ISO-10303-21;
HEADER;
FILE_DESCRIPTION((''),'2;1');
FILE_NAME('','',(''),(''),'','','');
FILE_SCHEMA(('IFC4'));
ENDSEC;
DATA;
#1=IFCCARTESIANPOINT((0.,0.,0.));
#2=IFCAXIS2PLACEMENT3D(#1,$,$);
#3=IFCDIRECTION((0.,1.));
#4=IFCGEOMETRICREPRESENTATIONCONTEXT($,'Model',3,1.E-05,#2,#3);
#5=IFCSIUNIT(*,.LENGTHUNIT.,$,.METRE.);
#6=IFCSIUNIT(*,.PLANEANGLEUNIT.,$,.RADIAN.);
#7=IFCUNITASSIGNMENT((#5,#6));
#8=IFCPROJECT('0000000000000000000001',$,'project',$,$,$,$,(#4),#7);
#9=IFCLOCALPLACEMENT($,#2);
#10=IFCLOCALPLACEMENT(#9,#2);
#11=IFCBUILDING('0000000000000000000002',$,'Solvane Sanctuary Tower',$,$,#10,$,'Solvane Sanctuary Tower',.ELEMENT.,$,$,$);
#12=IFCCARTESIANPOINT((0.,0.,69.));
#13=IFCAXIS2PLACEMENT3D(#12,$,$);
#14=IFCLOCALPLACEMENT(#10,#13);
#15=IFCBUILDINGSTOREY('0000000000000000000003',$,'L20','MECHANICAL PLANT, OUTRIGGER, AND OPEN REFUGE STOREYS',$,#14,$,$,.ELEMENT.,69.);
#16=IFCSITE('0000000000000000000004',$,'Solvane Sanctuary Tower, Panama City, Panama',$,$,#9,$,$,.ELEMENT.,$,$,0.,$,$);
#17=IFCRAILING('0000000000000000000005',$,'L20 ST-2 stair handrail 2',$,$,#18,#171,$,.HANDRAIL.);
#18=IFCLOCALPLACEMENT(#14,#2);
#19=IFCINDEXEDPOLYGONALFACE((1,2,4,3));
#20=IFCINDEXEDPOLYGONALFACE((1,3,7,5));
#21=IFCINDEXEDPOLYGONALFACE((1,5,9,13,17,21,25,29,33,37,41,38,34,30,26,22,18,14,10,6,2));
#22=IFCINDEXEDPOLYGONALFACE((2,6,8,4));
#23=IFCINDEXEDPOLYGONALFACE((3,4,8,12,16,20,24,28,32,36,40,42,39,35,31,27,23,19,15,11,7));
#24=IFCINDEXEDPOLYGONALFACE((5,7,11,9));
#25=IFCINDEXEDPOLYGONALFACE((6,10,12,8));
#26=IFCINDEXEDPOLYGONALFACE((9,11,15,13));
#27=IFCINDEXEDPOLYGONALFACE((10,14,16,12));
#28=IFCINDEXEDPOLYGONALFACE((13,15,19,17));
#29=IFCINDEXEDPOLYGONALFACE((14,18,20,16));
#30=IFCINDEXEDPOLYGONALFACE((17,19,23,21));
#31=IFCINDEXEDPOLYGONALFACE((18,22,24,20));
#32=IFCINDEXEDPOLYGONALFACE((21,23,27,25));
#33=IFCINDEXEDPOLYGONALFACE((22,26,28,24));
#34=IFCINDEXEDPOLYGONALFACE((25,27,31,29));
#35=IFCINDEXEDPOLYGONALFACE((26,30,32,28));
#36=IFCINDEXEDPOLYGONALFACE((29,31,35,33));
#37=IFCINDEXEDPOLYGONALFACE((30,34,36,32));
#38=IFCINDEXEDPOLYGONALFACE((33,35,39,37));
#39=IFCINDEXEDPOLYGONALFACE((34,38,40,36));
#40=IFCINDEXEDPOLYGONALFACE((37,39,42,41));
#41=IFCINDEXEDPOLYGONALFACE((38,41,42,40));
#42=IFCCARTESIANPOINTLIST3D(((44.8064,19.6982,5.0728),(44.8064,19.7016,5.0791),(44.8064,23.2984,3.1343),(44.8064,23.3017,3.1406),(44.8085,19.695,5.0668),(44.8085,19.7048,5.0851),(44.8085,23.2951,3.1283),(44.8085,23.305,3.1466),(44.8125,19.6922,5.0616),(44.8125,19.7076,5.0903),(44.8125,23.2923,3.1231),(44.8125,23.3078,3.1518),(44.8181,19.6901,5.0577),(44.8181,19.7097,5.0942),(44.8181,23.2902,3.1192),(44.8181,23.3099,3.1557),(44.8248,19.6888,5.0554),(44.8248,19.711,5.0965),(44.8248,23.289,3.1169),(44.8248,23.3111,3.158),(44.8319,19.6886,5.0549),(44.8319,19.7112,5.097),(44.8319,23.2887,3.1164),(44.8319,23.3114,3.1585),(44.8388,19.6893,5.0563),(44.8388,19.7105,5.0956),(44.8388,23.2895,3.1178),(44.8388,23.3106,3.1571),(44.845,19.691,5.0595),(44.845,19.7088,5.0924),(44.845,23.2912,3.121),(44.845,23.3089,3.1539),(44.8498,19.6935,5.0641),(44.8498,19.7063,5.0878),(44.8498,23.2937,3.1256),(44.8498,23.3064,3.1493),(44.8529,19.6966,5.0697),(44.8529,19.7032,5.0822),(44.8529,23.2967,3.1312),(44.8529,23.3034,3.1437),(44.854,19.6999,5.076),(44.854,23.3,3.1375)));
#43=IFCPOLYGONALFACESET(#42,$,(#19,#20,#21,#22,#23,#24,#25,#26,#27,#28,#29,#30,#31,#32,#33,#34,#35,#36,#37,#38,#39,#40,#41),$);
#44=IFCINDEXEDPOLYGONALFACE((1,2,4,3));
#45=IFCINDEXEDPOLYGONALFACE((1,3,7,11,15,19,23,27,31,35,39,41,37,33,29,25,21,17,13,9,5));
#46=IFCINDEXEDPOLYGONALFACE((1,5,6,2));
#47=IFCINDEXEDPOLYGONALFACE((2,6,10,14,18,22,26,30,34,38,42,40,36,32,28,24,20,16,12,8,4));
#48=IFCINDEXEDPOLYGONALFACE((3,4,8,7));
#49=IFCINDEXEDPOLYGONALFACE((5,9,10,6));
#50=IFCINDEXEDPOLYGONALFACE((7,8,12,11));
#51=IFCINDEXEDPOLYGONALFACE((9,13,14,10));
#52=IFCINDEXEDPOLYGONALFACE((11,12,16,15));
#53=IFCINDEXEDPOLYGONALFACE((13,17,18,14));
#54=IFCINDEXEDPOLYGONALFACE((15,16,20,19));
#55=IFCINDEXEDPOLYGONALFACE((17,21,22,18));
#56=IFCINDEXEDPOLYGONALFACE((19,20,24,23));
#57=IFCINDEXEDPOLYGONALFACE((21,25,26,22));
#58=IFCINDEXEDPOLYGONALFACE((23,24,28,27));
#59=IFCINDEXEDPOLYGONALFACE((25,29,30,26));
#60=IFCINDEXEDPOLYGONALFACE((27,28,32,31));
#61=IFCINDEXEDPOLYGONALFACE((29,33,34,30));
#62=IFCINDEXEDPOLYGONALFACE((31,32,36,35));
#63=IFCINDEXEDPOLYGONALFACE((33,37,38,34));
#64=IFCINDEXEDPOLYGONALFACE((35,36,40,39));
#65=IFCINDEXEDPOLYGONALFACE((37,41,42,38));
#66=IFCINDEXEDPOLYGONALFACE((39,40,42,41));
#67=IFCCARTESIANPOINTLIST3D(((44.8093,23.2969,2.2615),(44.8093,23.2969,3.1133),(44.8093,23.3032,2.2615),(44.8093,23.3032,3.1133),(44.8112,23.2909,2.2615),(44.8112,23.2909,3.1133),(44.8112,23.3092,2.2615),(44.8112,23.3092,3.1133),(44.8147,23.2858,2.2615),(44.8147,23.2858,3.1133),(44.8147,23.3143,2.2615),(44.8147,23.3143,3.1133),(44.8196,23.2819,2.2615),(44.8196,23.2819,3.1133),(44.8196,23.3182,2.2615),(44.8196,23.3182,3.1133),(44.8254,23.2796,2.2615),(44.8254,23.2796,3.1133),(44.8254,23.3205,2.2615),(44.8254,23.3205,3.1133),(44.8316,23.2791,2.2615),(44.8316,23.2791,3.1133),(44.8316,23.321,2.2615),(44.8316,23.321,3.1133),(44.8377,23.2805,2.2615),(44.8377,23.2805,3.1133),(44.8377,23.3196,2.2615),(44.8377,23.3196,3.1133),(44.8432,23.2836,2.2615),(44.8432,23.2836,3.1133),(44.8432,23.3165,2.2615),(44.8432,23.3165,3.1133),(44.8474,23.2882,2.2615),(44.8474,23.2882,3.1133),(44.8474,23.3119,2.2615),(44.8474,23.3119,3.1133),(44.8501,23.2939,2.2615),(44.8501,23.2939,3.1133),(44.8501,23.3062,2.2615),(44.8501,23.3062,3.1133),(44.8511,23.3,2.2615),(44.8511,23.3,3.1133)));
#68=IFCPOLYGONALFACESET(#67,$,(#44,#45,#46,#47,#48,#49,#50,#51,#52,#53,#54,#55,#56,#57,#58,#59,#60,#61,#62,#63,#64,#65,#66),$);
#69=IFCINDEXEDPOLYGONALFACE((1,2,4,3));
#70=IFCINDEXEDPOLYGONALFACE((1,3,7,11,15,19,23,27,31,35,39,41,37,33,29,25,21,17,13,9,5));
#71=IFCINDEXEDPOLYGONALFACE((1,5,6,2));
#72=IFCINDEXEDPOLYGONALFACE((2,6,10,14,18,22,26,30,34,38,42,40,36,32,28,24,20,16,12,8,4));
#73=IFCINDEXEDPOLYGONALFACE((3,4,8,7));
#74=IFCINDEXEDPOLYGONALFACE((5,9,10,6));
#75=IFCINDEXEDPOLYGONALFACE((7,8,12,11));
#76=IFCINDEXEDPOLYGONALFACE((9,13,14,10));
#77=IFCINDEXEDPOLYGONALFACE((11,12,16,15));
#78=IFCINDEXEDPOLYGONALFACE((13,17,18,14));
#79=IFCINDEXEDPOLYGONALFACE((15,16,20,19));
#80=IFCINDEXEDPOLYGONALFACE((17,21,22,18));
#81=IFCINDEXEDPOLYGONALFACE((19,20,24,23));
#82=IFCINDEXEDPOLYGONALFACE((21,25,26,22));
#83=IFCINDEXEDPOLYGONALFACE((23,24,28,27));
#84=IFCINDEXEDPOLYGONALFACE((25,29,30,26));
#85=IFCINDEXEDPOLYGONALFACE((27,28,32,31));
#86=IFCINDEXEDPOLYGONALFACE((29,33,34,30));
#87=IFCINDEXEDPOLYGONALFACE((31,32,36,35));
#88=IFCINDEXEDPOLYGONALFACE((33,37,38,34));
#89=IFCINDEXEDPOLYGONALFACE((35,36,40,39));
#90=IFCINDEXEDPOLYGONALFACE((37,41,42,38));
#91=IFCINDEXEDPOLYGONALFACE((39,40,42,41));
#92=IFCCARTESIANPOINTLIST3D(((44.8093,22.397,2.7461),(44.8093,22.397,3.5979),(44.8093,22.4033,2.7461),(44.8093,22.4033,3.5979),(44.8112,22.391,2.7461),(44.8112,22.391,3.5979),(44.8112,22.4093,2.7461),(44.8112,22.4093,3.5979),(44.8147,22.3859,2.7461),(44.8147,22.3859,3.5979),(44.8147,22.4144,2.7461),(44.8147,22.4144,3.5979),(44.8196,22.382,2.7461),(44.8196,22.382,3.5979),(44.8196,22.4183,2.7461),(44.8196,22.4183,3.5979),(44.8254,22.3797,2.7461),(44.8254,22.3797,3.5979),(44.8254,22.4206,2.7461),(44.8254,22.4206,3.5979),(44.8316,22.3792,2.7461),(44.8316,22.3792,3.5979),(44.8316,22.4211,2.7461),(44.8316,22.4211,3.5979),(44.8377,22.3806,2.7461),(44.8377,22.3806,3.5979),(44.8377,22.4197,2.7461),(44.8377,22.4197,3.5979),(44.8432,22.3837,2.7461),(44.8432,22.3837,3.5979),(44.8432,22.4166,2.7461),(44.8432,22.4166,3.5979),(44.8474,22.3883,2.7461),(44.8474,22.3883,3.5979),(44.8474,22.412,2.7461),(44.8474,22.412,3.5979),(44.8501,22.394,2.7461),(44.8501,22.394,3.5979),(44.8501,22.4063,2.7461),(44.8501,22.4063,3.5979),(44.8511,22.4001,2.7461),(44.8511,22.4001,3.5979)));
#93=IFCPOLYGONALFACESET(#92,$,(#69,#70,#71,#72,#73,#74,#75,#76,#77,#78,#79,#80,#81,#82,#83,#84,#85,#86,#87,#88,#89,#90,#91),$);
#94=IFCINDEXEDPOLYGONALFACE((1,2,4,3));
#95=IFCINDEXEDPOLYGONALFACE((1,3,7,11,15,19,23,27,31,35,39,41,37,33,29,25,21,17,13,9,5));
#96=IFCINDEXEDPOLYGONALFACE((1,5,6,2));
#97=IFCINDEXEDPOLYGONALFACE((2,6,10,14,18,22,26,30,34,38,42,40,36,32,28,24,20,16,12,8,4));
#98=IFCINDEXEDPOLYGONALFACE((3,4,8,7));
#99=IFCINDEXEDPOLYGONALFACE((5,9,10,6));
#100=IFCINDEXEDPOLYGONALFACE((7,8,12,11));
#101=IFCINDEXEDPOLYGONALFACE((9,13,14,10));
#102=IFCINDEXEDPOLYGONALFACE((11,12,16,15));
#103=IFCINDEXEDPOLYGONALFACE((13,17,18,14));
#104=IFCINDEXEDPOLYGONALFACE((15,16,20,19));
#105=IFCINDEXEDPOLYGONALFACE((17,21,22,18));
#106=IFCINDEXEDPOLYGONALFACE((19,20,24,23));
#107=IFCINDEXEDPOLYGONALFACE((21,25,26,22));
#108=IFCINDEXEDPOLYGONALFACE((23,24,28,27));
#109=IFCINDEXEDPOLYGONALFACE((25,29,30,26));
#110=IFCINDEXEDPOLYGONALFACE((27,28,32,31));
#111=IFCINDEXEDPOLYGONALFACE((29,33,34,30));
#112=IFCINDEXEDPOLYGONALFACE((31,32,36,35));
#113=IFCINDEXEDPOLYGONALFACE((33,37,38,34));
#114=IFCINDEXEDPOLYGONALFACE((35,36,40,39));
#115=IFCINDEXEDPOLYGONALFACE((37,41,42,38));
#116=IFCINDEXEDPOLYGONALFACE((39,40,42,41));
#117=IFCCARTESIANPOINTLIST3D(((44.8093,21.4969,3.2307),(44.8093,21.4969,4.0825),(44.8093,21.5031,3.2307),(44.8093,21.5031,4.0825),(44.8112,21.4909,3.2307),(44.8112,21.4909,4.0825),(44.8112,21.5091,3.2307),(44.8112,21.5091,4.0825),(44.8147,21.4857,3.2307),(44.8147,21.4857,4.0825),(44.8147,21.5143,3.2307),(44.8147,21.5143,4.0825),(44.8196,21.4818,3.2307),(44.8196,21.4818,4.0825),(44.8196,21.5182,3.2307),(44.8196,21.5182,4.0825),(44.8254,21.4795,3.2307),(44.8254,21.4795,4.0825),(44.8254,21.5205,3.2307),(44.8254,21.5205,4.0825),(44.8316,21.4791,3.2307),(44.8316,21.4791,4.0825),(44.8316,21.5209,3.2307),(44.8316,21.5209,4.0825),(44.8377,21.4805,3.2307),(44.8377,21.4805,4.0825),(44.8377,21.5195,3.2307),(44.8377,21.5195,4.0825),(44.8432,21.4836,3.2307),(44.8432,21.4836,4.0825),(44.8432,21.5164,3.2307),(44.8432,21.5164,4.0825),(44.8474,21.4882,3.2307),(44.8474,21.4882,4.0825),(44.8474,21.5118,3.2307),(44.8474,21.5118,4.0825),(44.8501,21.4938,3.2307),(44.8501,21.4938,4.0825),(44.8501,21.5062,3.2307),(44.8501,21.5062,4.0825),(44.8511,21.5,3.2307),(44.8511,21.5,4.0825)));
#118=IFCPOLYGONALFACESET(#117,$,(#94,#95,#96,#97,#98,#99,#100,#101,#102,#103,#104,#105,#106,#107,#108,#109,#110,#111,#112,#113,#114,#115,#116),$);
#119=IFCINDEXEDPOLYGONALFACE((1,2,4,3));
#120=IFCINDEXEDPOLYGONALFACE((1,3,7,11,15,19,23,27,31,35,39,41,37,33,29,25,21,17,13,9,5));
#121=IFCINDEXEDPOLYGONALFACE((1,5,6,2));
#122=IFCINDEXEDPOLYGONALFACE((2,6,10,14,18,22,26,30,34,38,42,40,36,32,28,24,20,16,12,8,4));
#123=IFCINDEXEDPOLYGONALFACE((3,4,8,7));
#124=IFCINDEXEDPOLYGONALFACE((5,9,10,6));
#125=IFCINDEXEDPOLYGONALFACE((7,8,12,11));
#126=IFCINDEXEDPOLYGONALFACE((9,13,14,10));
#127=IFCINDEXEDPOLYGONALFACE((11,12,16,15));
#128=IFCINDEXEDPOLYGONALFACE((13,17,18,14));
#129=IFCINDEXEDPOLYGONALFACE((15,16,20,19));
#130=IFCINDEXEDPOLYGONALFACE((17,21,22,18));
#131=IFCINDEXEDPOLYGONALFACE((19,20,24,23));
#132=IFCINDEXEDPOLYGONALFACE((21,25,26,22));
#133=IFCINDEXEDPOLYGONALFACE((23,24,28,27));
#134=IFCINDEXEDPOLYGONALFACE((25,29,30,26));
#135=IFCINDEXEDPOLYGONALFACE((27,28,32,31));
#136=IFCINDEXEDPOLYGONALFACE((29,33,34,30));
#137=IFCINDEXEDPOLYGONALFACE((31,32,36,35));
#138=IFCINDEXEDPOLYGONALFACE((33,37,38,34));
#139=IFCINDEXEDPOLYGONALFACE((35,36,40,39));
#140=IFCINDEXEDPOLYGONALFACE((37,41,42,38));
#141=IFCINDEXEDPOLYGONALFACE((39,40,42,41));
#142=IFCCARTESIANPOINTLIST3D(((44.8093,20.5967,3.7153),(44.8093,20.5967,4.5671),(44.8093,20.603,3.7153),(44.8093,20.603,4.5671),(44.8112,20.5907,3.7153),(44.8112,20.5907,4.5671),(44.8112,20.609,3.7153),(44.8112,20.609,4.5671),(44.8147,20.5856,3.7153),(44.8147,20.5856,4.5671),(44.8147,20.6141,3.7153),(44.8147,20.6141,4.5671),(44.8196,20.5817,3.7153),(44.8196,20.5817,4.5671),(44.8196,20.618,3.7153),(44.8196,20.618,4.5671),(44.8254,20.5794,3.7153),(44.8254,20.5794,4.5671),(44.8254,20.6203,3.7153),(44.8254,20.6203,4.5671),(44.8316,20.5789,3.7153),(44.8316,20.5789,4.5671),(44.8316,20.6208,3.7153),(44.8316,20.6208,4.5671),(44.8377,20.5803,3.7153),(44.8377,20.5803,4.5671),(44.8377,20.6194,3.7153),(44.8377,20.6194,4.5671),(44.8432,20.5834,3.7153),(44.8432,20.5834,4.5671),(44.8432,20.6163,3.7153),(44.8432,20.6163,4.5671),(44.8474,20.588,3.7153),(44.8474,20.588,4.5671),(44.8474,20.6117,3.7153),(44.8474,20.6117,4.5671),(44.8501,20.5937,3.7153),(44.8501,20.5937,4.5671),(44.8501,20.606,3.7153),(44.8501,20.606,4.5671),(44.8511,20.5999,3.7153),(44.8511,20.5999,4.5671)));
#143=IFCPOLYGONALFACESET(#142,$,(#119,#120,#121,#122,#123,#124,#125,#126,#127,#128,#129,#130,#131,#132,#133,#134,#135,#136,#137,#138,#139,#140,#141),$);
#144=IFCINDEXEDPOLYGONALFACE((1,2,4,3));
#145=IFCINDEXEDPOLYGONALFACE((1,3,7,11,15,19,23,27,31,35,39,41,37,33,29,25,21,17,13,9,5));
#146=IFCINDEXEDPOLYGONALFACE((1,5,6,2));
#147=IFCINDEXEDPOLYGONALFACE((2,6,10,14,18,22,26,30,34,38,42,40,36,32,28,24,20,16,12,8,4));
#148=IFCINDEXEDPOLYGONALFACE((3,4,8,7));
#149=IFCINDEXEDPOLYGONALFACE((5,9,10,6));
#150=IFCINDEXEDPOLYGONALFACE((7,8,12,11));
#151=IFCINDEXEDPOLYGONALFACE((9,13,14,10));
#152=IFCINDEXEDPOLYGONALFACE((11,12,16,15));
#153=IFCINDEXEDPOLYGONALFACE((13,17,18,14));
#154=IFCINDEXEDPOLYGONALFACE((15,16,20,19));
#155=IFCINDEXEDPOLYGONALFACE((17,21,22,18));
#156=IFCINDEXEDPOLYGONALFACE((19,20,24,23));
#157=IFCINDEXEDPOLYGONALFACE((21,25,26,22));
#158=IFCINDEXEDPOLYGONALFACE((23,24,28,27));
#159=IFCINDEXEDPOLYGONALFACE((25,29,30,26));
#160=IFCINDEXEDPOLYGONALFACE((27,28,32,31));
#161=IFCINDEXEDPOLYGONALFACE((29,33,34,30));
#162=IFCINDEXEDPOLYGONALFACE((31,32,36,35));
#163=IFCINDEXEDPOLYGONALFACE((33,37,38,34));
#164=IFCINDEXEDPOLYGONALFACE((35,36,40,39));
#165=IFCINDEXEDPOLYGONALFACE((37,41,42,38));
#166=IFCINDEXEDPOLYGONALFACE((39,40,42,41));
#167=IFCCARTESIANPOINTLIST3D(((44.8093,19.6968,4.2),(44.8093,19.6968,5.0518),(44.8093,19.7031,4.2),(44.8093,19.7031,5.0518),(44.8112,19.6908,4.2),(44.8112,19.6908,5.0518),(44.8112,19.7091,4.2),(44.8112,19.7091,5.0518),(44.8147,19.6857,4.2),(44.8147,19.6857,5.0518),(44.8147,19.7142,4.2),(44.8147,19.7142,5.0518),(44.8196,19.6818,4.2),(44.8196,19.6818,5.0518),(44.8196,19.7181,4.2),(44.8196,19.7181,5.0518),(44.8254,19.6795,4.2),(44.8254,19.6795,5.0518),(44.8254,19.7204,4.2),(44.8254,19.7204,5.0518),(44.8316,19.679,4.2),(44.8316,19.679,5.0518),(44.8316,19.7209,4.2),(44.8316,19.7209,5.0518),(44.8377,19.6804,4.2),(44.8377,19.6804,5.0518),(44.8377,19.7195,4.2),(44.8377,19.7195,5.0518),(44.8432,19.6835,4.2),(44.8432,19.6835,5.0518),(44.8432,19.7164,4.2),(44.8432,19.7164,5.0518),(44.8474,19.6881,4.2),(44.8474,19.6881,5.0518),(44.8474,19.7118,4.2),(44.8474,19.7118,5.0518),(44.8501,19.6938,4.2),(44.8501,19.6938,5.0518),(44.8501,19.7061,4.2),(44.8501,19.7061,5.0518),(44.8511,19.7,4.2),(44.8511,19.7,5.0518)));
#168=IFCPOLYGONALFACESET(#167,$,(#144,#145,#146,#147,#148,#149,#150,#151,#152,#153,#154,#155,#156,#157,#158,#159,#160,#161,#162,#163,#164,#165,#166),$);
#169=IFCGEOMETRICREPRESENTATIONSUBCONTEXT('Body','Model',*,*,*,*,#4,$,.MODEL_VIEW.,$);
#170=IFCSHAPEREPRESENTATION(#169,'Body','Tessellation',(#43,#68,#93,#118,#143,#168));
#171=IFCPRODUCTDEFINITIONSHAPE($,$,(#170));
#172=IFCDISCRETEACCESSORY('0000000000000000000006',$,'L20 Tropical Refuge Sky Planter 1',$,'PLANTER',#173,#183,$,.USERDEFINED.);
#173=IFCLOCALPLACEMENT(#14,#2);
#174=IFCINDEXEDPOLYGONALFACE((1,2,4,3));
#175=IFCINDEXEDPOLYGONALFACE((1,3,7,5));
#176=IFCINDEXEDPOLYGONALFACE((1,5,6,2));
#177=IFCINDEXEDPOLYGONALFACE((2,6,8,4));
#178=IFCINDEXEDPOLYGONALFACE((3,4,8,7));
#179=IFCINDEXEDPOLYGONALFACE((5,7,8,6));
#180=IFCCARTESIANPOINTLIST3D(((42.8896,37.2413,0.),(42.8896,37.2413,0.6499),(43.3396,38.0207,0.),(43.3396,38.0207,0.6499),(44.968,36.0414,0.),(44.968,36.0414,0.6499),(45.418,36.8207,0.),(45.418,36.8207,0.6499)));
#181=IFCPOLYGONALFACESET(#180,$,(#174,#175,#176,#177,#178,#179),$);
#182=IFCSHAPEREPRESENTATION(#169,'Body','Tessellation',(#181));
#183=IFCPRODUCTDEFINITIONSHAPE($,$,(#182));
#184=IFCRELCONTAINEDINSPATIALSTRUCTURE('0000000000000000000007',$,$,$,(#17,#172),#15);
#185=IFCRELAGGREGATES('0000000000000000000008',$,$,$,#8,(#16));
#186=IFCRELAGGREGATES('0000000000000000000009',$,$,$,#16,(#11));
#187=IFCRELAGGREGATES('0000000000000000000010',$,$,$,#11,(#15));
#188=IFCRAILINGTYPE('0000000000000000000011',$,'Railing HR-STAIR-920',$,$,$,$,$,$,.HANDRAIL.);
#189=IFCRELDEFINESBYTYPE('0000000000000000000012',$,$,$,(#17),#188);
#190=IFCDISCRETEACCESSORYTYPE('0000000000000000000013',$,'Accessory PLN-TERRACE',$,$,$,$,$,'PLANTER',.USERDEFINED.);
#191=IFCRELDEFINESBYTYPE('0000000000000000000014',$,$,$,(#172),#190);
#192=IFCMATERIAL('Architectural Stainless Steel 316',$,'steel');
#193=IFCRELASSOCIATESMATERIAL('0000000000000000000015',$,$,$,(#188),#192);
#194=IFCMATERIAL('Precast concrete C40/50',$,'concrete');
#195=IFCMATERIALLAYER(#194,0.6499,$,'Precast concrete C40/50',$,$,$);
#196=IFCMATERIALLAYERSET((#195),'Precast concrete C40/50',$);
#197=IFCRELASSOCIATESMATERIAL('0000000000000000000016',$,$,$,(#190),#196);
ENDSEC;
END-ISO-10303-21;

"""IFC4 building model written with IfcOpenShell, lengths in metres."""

from ifc_helpers import new_model, si_unit, direction, frame, origin, origin_2d, place, context, subcontext, project, spatial, rectangle, circle, extrude, material, layer, layer_set, type_object, element, save


model = new_model("IFC4")

# Units and contexts
model_context = context("Model", 3, precision=1e-05, world=origin(), true_north=direction((0.0, 1.0)))
body_context = subcontext(model_context, "Body", "Model", "MODEL_VIEW")
ifc_project = project(units=[si_unit("LENGTHUNIT", "METRE"), si_unit("PLANEANGLEUNIT", "RADIAN")], contexts=[model_context])

# Site, building, storey
site_placement = place(None, origin())
site = spatial("IfcSite", under=ifc_project, at=site_placement, Name="Solvane Sanctuary Tower, Panama City, Panama", CompositionType="ELEMENT", RefElevation=0.0)
building_placement = place(site_placement, origin())
building = spatial("IfcBuilding", under=site, at=building_placement, Name="Solvane Sanctuary Tower", LongName="Solvane Sanctuary Tower", CompositionType="ELEMENT")
storey_placement = place(building_placement, frame((0.0, 0.0, 69.0)))
storey = spatial("IfcBuildingStorey", under=building, at=storey_placement, Name="L20", Description="MECHANICAL PLANT, OUTRIGGER, AND OPEN REFUGE STOREYS", CompositionType="ELEMENT", Elevation=69.0)

# Shared definitions
ifc_material_1 = material(Name="Architectural Stainless Steel 316", Category="steel")

# Railing
railing_type_1 = type_object("IfcRailingType", Name="Railing HR-STAIR-920", PredefinedType="HANDRAIL", material=ifc_material_1)
railing_1_placement = place(storey_placement, frame((44.8301, 23.3, 2.2615)))
element("IfcRailing", 1, at=railing_1_placement, inside=storey, type_object=railing_type_1, Name="L20 ST-2 stair handrail 2", PredefinedType="HANDRAIL", context=body_context, shape_type="SweptSolid", body=[
    extrude(circle(Radius=0.0239, at=origin_2d()), frame((0.0, 0.0, 0.876), z_axis=(0.0, -0.880475, 0.474093), x_axis=(1.0, 0.0, 0.0)), (0.0, 0.0, 1.0), 4.0889),
    extrude(circle(Radius=0.021, at=origin_2d()), origin(), (0.0, 0.0, 1.0), 0.8518),
    extrude(circle(Radius=0.021, at=origin_2d()), frame((0.0, -0.8999, 0.4846)), (0.0, 0.0, 1.0), 0.8518),
    extrude(circle(Radius=0.021, at=origin_2d()), frame((0.0, -1.8, 0.9692)), (0.0, 0.0, 1.0), 0.8518),
    extrude(circle(Radius=0.021, at=origin_2d()), frame((0.0, -2.7002, 1.4539)), (0.0, 0.0, 1.0), 0.8518),
    extrude(circle(Radius=0.021, at=origin_2d()), frame((0.0, -3.6001, 1.9385)), (0.0, 0.0, 1.0), 0.8518),
])

# Discrete accessory
ifc_material_2 = material(Name="Precast concrete C40/50", Category="concrete")
ifc_layer_1 = layer(ifc_material_2, 0.6499, Name="Precast concrete C40/50")
ifc_layer_set_1 = layer_set([ifc_layer_1], Name="Precast concrete C40/50")
discrete_accessory_type = type_object("IfcDiscreteAccessoryType", Name="Accessory PLN-TERRACE", ElementType="PLANTER", PredefinedType="USERDEFINED", material=ifc_layer_set_1)
discrete_accessory_placement = place(storey_placement, frame((44.1538, 37.031, 0.0), z_axis=(0.0, 0.0, 1.0), x_axis=(-0.866025, 0.5, 0.0)))
element("IfcDiscreteAccessory", 2, at=discrete_accessory_placement, inside=storey, type_object=discrete_accessory_type, Name="L20 Tropical Refuge Sky Planter 1", ObjectType="PLANTER", PredefinedType="USERDEFINED", context=body_context, shape_type="SweptSolid", body=[
    extrude(rectangle(XDim=2.3999, YDim=0.8999, at=origin_2d()), origin(), (0.0, 0.0, 1.0), 0.6499),
])

save(model, "model.ifc")
